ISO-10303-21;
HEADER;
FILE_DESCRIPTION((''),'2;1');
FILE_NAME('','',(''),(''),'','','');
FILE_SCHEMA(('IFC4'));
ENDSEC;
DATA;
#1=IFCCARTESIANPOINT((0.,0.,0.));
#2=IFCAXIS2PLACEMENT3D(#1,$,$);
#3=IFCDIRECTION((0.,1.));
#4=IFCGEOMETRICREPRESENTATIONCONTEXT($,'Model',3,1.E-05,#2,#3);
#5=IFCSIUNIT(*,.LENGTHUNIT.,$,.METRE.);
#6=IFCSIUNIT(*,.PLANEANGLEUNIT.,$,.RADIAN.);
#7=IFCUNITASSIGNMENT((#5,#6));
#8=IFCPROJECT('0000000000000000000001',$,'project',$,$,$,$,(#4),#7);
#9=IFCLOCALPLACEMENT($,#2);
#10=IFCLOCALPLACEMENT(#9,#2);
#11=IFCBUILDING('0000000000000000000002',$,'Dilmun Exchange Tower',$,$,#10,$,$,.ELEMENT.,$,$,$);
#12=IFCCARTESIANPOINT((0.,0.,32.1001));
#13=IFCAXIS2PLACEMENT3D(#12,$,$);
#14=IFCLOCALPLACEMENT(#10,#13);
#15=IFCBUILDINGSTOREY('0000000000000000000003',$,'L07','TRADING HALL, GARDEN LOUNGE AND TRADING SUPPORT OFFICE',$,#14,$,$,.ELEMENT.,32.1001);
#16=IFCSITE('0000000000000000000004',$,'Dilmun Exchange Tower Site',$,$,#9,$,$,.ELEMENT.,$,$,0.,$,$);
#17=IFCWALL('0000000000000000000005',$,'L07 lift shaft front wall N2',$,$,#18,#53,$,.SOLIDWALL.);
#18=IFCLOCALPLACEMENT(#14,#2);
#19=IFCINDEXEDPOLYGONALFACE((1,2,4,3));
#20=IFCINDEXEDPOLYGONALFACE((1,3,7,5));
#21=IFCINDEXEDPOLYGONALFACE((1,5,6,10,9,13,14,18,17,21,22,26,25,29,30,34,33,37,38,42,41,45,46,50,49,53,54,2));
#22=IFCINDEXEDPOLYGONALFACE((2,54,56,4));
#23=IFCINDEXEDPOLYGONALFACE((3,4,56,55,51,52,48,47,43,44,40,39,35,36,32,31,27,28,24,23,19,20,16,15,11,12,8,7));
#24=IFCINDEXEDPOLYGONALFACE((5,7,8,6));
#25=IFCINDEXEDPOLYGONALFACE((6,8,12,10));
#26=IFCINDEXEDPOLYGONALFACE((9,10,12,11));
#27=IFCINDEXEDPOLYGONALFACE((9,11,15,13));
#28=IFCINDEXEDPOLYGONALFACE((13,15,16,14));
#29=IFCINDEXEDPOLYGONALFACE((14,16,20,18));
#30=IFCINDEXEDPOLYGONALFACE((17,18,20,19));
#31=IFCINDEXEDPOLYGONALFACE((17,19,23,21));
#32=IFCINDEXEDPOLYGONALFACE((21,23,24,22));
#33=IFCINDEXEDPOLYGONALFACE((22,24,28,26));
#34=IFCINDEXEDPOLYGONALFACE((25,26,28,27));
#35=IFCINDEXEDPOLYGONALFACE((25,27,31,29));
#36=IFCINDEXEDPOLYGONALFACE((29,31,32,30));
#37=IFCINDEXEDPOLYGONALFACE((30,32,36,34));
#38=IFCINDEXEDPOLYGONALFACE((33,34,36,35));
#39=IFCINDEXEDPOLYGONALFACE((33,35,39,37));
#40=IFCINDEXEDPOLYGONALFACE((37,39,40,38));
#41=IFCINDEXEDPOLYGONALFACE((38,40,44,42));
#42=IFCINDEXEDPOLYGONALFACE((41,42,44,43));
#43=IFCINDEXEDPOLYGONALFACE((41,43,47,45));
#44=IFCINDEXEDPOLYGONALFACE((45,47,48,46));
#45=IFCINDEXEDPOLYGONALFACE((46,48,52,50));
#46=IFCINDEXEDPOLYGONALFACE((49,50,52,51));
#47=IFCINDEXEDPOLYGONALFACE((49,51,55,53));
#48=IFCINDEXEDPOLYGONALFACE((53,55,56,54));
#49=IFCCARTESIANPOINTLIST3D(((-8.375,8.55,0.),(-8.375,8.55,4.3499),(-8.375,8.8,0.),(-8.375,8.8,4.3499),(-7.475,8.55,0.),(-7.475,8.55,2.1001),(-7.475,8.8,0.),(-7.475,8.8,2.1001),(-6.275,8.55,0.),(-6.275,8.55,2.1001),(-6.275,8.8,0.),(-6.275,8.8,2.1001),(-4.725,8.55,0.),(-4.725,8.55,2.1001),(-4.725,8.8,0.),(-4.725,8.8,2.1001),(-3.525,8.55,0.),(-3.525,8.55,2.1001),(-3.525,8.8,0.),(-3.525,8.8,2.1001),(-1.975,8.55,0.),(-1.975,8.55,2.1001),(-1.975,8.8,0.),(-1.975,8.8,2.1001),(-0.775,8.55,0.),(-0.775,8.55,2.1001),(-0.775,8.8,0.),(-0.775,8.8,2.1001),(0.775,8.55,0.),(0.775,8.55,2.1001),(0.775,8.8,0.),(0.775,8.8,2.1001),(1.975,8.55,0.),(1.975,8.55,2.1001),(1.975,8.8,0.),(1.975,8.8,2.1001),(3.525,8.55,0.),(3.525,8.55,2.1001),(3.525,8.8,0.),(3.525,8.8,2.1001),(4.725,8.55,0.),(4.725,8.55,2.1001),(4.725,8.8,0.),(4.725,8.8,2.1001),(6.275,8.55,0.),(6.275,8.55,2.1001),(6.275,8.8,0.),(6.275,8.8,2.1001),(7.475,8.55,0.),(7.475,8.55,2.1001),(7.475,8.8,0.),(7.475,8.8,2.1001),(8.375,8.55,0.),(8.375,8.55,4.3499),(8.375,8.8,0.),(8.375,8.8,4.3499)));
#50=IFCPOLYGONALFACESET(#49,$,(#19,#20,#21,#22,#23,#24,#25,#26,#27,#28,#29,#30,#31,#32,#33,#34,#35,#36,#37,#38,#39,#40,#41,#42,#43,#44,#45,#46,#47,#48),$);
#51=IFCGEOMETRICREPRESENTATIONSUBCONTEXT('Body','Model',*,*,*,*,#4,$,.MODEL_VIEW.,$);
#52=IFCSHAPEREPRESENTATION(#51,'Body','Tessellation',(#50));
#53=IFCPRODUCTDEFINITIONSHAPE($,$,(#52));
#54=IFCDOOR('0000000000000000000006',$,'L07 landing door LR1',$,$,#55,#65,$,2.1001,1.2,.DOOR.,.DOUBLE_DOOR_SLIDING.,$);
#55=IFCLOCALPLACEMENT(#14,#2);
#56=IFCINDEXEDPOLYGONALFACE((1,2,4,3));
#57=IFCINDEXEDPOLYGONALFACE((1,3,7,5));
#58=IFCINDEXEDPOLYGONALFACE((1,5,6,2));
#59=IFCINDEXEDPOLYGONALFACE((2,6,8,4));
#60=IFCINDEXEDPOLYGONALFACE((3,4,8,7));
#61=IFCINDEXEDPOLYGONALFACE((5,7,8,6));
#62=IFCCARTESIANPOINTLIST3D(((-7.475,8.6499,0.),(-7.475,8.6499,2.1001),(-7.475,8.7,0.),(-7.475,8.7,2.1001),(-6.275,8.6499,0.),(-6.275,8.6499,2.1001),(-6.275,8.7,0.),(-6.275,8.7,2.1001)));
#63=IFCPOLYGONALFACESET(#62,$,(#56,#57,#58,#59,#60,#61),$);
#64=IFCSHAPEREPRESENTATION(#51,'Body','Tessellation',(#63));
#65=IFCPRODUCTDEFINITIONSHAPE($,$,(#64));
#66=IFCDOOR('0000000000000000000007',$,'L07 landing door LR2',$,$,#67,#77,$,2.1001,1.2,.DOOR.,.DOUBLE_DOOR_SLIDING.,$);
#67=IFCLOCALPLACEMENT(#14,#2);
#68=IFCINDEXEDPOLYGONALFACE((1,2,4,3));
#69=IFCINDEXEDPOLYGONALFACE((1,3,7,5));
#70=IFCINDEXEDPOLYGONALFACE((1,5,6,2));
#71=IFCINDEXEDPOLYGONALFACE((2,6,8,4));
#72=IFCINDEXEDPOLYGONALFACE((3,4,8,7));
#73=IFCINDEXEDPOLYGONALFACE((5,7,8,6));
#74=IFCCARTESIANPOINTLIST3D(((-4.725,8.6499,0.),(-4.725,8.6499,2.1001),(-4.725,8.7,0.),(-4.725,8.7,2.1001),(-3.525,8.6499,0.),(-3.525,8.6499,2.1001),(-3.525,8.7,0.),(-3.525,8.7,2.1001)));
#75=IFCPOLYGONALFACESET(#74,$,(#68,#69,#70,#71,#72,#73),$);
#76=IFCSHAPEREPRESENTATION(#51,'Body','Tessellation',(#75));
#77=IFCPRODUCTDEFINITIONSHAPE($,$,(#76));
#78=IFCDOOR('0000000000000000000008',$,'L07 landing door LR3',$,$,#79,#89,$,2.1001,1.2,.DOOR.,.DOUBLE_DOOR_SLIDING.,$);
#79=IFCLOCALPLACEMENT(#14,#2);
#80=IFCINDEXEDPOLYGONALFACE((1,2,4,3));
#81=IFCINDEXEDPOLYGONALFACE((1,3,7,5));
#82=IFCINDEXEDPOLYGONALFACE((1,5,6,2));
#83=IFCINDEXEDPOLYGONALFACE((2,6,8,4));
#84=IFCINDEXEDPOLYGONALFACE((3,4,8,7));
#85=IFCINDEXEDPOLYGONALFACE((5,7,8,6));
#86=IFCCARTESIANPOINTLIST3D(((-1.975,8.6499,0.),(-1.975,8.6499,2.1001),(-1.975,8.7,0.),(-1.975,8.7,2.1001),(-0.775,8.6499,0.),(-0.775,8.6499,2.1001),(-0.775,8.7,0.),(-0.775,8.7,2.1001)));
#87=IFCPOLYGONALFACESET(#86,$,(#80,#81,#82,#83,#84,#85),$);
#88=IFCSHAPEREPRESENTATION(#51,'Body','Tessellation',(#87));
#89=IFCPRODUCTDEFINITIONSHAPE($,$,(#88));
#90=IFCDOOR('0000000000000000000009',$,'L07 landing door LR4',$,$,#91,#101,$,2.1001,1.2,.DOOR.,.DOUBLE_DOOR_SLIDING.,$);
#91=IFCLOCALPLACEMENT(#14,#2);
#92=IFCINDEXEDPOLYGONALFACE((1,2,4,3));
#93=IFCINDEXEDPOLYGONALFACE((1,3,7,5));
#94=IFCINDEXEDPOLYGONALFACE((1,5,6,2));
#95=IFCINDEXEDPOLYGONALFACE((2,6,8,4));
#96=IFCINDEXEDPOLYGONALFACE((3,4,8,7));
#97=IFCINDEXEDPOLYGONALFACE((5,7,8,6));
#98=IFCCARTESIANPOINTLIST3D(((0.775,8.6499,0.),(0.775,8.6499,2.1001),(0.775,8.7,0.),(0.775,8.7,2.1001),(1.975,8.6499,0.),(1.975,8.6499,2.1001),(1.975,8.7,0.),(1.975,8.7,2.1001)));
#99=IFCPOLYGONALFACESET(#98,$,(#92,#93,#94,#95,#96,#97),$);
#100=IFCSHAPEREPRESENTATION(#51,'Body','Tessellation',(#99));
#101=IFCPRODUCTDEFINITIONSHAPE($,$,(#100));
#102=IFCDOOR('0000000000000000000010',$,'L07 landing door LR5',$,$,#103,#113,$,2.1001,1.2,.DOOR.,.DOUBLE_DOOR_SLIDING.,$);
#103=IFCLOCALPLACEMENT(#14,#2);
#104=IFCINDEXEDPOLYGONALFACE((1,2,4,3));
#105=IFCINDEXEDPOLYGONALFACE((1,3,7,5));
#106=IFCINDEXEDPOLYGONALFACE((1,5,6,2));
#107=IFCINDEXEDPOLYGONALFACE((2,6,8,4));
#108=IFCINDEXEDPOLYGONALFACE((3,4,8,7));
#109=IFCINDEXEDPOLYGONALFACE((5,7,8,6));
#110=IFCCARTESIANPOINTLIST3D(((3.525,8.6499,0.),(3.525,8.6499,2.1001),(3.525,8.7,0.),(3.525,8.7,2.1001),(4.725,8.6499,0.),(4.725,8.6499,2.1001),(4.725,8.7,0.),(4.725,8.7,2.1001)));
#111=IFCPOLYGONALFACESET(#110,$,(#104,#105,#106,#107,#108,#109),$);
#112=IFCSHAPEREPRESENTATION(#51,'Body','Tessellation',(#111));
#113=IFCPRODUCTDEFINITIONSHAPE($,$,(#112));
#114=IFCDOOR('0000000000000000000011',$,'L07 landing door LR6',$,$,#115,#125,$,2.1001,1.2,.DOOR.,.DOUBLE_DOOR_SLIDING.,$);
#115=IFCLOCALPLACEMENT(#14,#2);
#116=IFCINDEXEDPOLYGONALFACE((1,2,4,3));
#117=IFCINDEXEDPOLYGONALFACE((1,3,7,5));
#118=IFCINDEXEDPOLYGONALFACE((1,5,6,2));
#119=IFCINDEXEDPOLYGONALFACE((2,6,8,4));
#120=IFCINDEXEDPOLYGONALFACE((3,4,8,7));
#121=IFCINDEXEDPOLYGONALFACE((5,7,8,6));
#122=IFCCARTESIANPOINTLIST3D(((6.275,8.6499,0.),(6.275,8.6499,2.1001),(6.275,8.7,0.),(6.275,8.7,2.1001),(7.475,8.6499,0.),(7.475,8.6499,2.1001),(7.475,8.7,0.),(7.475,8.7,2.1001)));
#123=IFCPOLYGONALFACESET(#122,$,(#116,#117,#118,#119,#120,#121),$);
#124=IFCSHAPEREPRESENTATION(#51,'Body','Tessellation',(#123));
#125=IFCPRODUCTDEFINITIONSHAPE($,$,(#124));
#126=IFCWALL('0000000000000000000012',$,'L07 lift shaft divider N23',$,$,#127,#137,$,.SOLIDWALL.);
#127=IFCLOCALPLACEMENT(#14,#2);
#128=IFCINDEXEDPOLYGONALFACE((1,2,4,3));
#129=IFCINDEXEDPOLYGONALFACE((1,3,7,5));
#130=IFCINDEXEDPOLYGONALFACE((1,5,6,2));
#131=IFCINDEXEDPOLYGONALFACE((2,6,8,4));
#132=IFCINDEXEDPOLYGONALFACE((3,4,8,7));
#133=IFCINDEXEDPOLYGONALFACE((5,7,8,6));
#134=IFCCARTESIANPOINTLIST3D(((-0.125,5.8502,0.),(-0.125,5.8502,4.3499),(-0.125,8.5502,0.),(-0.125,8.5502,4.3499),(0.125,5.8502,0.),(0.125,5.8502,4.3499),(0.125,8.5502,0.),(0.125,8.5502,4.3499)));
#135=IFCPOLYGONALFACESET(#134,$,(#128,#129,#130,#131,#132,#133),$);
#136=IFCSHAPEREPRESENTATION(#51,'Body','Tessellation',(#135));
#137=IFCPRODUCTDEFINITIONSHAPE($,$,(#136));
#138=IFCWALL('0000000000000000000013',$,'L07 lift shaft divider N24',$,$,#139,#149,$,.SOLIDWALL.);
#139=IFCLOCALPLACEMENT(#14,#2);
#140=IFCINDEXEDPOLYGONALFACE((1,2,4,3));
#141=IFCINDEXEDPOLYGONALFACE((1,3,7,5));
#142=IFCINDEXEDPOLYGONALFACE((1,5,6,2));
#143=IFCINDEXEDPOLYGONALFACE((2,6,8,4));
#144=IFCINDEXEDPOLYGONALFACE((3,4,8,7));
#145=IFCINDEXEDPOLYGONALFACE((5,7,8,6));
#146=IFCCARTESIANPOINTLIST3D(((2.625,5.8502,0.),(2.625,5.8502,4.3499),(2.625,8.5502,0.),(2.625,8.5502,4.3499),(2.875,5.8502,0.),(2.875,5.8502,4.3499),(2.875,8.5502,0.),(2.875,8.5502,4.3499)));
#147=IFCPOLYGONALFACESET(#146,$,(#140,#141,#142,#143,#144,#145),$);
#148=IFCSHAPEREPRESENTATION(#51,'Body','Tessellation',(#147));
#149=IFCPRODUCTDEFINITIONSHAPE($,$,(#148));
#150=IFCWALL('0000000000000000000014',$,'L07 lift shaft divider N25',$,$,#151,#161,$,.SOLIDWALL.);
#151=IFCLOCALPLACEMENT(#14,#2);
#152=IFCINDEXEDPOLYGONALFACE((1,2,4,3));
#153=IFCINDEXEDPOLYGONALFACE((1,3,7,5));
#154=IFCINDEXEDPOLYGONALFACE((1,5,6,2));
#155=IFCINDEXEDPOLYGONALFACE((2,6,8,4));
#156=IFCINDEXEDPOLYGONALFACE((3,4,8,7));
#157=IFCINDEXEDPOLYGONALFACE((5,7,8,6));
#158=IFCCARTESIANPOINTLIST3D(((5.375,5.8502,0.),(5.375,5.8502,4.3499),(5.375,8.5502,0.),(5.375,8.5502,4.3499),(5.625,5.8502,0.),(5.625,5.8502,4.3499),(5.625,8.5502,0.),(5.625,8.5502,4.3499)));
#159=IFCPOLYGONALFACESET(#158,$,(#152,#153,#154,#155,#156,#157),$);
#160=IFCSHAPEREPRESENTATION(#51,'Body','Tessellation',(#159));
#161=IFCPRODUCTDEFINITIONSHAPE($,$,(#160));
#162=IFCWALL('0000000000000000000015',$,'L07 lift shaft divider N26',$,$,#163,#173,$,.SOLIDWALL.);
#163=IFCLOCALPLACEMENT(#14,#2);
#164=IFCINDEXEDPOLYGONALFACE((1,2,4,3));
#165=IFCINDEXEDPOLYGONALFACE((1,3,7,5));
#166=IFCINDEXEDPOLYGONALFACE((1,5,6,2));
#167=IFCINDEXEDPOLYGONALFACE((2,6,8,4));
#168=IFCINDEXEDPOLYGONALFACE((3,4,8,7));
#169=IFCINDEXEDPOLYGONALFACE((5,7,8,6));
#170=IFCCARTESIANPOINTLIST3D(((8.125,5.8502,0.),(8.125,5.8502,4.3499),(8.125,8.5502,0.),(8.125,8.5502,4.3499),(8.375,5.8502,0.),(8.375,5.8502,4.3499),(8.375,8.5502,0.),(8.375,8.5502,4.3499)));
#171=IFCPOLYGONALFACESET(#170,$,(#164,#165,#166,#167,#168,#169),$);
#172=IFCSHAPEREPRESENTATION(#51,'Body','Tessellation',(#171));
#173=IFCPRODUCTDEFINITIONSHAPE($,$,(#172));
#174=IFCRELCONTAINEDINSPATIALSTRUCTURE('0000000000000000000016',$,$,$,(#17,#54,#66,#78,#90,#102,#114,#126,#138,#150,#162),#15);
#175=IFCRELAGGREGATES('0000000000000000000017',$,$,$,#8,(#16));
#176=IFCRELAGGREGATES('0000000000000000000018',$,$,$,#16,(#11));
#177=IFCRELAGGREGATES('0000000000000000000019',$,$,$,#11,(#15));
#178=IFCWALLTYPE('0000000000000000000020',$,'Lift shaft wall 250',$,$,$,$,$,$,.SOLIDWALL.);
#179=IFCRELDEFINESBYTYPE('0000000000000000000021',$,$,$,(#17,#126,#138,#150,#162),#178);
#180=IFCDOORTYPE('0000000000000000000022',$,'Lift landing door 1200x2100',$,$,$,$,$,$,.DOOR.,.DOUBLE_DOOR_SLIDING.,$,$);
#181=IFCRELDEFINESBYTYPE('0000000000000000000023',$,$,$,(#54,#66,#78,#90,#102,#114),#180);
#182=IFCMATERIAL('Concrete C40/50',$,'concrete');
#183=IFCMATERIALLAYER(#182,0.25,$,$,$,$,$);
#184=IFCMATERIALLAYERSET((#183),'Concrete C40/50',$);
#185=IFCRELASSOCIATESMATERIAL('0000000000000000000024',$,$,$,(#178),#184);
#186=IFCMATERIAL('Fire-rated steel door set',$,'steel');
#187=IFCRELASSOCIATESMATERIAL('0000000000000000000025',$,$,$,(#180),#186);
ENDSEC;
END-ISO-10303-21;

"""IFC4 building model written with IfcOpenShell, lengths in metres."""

from ifc_helpers import new_model, si_unit, direction, frame, frame_2d, origin, place, context, subcontext, project, spatial, rectangle, extrude, material, layer, layer_set, type_object, element, fill, save


model = new_model("IFC4")

# Units and contexts
model_context = context("Model", 3, precision=1e-05, world=origin(), true_north=direction((0.0, 1.0)))
body_context = subcontext(model_context, "Body", "Model", "MODEL_VIEW")
ifc_project = project(units=[si_unit("LENGTHUNIT", "METRE"), si_unit("PLANEANGLEUNIT", "RADIAN")], contexts=[model_context])

# Site, building, storey
site_placement = place(None, origin())
site = spatial("IfcSite", under=ifc_project, at=site_placement, Name="Dilmun Exchange Tower Site", CompositionType="ELEMENT", RefElevation=0.0)
building_placement = place(site_placement, origin())
building = spatial("IfcBuilding", under=site, at=building_placement, Name="Dilmun Exchange Tower", CompositionType="ELEMENT")
storey_placement = place(building_placement, frame((0.0, 0.0, 32.1001)))
storey = spatial("IfcBuildingStorey", under=building, at=storey_placement, Name="L07", Description="TRADING HALL, GARDEN LOUNGE AND TRADING SUPPORT OFFICE", CompositionType="ELEMENT", Elevation=32.1001)

# Shared definitions
ifc_material_1 = material(Name="Concrete C40/50", Category="concrete")

# Shared definitions
ifc_material_2 = material(Name="Fire-rated steel door set", Category="steel")

# Wall, openings, doors
ifc_layer_1 = layer(ifc_material_1, 0.25)
ifc_layer_set_1 = layer_set([ifc_layer_1], Name="Concrete C40/50")
wall_type_1 = type_object("IfcWallType", Name="Lift shaft wall 250", PredefinedType="SOLIDWALL", material=ifc_layer_set_1)
wall_1_placement = place(storey_placement, frame((-8.375, 8.675, 0.0), z_axis=(0.0, 0.0, 1.0), x_axis=(1.0, 0.0, 0.0)))
wall_1 = element("IfcWall", 1, at=wall_1_placement, inside=storey, type_object=wall_type_1, Name="L07 lift shaft front wall N2", PredefinedType="SOLIDWALL", context=body_context, shape_type="SweptSolid", body=[
    extrude(rectangle(XDim=16.75, YDim=0.25, at=frame_2d((8.375, 0.0))), origin(), (0.0, 0.0, 1.0), 4.3499),
])
opening_1_placement = place(wall_1_placement, frame((0.8999, 0.0, 0.0)))
opening_1 = element("IfcOpeningElement", 2, at=opening_1_placement, cuts=wall_1, PredefinedType="OPENING", context=body_context, shape_type="SweptSolid", body=[
    extrude(rectangle(XDim=1.2, YDim=2.1001, at=frame_2d((0.6001, 1.05))), frame((0.0, 0.135, 0.0), z_axis=(0.0, -1.0, 0.0), x_axis=(1.0, 0.0, 0.0)), (0.0, 0.0, 1.0), 0.27),
])
opening_2_placement = place(wall_1_placement, frame((3.6499, 0.0, 0.0)))
opening_2 = element("IfcOpeningElement", 3, at=opening_2_placement, cuts=wall_1, PredefinedType="OPENING", context=body_context, shape_type="SweptSolid", body=[
    extrude(rectangle(XDim=1.2, YDim=2.1001, at=frame_2d((0.6001, 1.05))), frame((0.0, 0.135, 0.0), z_axis=(0.0, -1.0, 0.0), x_axis=(1.0, 0.0, 0.0)), (0.0, 0.0, 1.0), 0.27),
])
opening_3_placement = place(wall_1_placement, frame((6.3999, 0.0, 0.0)))
opening_3 = element("IfcOpeningElement", 4, at=opening_3_placement, cuts=wall_1, PredefinedType="OPENING", context=body_context, shape_type="SweptSolid", body=[
    extrude(rectangle(XDim=1.2, YDim=2.1001, at=frame_2d((0.6001, 1.05))), frame((0.0, 0.135, 0.0), z_axis=(0.0, -1.0, 0.0), x_axis=(1.0, 0.0, 0.0)), (0.0, 0.0, 1.0), 0.27),
])
opening_4_placement = place(wall_1_placement, frame((9.1499, 0.0, 0.0)))
opening_4 = element("IfcOpeningElement", 5, at=opening_4_placement, cuts=wall_1, PredefinedType="OPENING", context=body_context, shape_type="SweptSolid", body=[
    extrude(rectangle(XDim=1.2, YDim=2.1001, at=frame_2d((0.6001, 1.05))), frame((0.0, 0.135, 0.0), z_axis=(0.0, -1.0, 0.0), x_axis=(1.0, 0.0, 0.0)), (0.0, 0.0, 1.0), 0.27),
])
opening_5_placement = place(wall_1_placement, frame((11.8999, 0.0, 0.0)))
opening_5 = element("IfcOpeningElement", 6, at=opening_5_placement, cuts=wall_1, PredefinedType="OPENING", context=body_context, shape_type="SweptSolid", body=[
    extrude(rectangle(XDim=1.2, YDim=2.1001, at=frame_2d((0.6001, 1.05))), frame((0.0, 0.135, 0.0), z_axis=(0.0, -1.0, 0.0), x_axis=(1.0, 0.0, 0.0)), (0.0, 0.0, 1.0), 0.27),
])
opening_6_placement = place(wall_1_placement, frame((14.6499, 0.0, 0.0)))
opening_6 = element("IfcOpeningElement", 7, at=opening_6_placement, cuts=wall_1, PredefinedType="OPENING", context=body_context, shape_type="SweptSolid", body=[
    extrude(rectangle(XDim=1.2, YDim=2.1001, at=frame_2d((0.6001, 1.05))), frame((0.0, 0.135, 0.0), z_axis=(0.0, -1.0, 0.0), x_axis=(1.0, 0.0, 0.0)), (0.0, 0.0, 1.0), 0.27),
])
door_type_1 = type_object("IfcDoorType", Name="Lift landing door 1200x2100", OperationType="DOUBLE_DOOR_SLIDING", PredefinedType="DOOR", material=ifc_material_2)
door_1_placement = place(opening_1_placement, origin())
door_1 = element("IfcDoor", 8, at=door_1_placement, inside=storey, type_object=door_type_1, Name="L07 landing door LR1", OperationType="DOUBLE_DOOR_SLIDING", OverallHeight=2.1001, OverallWidth=1.2, PredefinedType="DOOR", context=body_context, shape_type="SweptSolid", body=[
    extrude(rectangle(XDim=1.2, YDim=2.1001, at=frame_2d((0.6001, 1.05))), frame((0.0, 0.0249, 0.0), z_axis=(0.0, -1.0, 0.0), x_axis=(1.0, 0.0, 0.0)), (0.0, 0.0, 1.0), 0.05),
])
fill(opening_1, door_1)
door_2_placement = place(opening_2_placement, origin())
door_2 = element("IfcDoor", 9, at=door_2_placement, inside=storey, type_object=door_type_1, Name="L07 landing door LR2", OperationType="DOUBLE_DOOR_SLIDING", OverallHeight=2.1001, OverallWidth=1.2, PredefinedType="DOOR", context=body_context, shape_type="SweptSolid", body=[
    extrude(rectangle(XDim=1.2, YDim=2.1001, at=frame_2d((0.6001, 1.05))), frame((0.0, 0.0249, 0.0), z_axis=(0.0, -1.0, 0.0), x_axis=(1.0, 0.0, 0.0)), (0.0, 0.0, 1.0), 0.05),
])
fill(opening_2, door_2)
door_3_placement = place(opening_3_placement, origin())
door_3 = element("IfcDoor", 10, at=door_3_placement, inside=storey, type_object=door_type_1, Name="L07 landing door LR3", OperationType="DOUBLE_DOOR_SLIDING", OverallHeight=2.1001, OverallWidth=1.2, PredefinedType="DOOR", context=body_context, shape_type="SweptSolid", body=[
    extrude(rectangle(XDim=1.2, YDim=2.1001, at=frame_2d((0.6001, 1.05))), frame((0.0, 0.0249, 0.0), z_axis=(0.0, -1.0, 0.0), x_axis=(1.0, 0.0, 0.0)), (0.0, 0.0, 1.0), 0.05),
])
fill(opening_3, door_3)
door_4_placement = place(opening_4_placement, origin())
door_4 = element("IfcDoor", 11, at=door_4_placement, inside=storey, type_object=door_type_1, Name="L07 landing door LR4", OperationType="DOUBLE_DOOR_SLIDING", OverallHeight=2.1001, OverallWidth=1.2, PredefinedType="DOOR", context=body_context, shape_type="SweptSolid", body=[
    extrude(rectangle(XDim=1.2, YDim=2.1001, at=frame_2d((0.6001, 1.05))), frame((0.0, 0.0249, 0.0), z_axis=(0.0, -1.0, 0.0), x_axis=(1.0, 0.0, 0.0)), (0.0, 0.0, 1.0), 0.05),
])
fill(opening_4, door_4)
door_5_placement = place(opening_5_placement, origin())
door_5 = element("IfcDoor", 12, at=door_5_placement, inside=storey, type_object=door_type_1, Name="L07 landing door LR5", OperationType="DOUBLE_DOOR_SLIDING", OverallHeight=2.1001, OverallWidth=1.2, PredefinedType="DOOR", context=body_context, shape_type="SweptSolid", body=[
    extrude(rectangle(XDim=1.2, YDim=2.1001, at=frame_2d((0.6001, 1.05))), frame((0.0, 0.0249, 0.0), z_axis=(0.0, -1.0, 0.0), x_axis=(1.0, 0.0, 0.0)), (0.0, 0.0, 1.0), 0.05),
])
fill(opening_5, door_5)
door_6_placement = place(opening_6_placement, origin())
door_6 = element("IfcDoor", 13, at=door_6_placement, inside=storey, type_object=door_type_1, Name="L07 landing door LR6", OperationType="DOUBLE_DOOR_SLIDING", OverallHeight=2.1001, OverallWidth=1.2, PredefinedType="DOOR", context=body_context, shape_type="SweptSolid", body=[
    extrude(rectangle(XDim=1.2, YDim=2.1001, at=frame_2d((0.6001, 1.05))), frame((0.0, 0.0249, 0.0), z_axis=(0.0, -1.0, 0.0), x_axis=(1.0, 0.0, 0.0)), (0.0, 0.0, 1.0), 0.05),
])
fill(opening_6, door_6)

# Walls
for number, where, z_axis, x_axis, name in (
    (14, (0.0, 5.8501, 0.0), (0.0, 0.0, 1.0), (0.0, 1.0, 0.0), "L07 lift shaft divider N23"),
    (15, (2.75, 5.8501, 0.0), (0.0, 0.0, 1.0), (0.0, 1.0, 0.0), "L07 lift shaft divider N24"),
    (16, (5.5, 5.8501, 0.0), (0.0, 0.0, 1.0), (0.0, 1.0, 0.0), "L07 lift shaft divider N25"),
    (17, (8.25, 5.8501, 0.0), (0.0, 0.0, 1.0), (0.0, 1.0, 0.0), "L07 lift shaft divider N26"),
):
    element("IfcWall", number, at=place(storey_placement, frame(where, z_axis=z_axis, x_axis=x_axis)), inside=storey, type_object=wall_type_1, Name=name, PredefinedType="SOLIDWALL", context=body_context, shape_type="SweptSolid", body=[
        extrude(rectangle(XDim=2.7, YDim=0.25, at=frame_2d((1.3501, 0.0))), origin(), (0.0, 0.0, 1.0), 4.3499),
    ])

save(model, "model.ifc")
